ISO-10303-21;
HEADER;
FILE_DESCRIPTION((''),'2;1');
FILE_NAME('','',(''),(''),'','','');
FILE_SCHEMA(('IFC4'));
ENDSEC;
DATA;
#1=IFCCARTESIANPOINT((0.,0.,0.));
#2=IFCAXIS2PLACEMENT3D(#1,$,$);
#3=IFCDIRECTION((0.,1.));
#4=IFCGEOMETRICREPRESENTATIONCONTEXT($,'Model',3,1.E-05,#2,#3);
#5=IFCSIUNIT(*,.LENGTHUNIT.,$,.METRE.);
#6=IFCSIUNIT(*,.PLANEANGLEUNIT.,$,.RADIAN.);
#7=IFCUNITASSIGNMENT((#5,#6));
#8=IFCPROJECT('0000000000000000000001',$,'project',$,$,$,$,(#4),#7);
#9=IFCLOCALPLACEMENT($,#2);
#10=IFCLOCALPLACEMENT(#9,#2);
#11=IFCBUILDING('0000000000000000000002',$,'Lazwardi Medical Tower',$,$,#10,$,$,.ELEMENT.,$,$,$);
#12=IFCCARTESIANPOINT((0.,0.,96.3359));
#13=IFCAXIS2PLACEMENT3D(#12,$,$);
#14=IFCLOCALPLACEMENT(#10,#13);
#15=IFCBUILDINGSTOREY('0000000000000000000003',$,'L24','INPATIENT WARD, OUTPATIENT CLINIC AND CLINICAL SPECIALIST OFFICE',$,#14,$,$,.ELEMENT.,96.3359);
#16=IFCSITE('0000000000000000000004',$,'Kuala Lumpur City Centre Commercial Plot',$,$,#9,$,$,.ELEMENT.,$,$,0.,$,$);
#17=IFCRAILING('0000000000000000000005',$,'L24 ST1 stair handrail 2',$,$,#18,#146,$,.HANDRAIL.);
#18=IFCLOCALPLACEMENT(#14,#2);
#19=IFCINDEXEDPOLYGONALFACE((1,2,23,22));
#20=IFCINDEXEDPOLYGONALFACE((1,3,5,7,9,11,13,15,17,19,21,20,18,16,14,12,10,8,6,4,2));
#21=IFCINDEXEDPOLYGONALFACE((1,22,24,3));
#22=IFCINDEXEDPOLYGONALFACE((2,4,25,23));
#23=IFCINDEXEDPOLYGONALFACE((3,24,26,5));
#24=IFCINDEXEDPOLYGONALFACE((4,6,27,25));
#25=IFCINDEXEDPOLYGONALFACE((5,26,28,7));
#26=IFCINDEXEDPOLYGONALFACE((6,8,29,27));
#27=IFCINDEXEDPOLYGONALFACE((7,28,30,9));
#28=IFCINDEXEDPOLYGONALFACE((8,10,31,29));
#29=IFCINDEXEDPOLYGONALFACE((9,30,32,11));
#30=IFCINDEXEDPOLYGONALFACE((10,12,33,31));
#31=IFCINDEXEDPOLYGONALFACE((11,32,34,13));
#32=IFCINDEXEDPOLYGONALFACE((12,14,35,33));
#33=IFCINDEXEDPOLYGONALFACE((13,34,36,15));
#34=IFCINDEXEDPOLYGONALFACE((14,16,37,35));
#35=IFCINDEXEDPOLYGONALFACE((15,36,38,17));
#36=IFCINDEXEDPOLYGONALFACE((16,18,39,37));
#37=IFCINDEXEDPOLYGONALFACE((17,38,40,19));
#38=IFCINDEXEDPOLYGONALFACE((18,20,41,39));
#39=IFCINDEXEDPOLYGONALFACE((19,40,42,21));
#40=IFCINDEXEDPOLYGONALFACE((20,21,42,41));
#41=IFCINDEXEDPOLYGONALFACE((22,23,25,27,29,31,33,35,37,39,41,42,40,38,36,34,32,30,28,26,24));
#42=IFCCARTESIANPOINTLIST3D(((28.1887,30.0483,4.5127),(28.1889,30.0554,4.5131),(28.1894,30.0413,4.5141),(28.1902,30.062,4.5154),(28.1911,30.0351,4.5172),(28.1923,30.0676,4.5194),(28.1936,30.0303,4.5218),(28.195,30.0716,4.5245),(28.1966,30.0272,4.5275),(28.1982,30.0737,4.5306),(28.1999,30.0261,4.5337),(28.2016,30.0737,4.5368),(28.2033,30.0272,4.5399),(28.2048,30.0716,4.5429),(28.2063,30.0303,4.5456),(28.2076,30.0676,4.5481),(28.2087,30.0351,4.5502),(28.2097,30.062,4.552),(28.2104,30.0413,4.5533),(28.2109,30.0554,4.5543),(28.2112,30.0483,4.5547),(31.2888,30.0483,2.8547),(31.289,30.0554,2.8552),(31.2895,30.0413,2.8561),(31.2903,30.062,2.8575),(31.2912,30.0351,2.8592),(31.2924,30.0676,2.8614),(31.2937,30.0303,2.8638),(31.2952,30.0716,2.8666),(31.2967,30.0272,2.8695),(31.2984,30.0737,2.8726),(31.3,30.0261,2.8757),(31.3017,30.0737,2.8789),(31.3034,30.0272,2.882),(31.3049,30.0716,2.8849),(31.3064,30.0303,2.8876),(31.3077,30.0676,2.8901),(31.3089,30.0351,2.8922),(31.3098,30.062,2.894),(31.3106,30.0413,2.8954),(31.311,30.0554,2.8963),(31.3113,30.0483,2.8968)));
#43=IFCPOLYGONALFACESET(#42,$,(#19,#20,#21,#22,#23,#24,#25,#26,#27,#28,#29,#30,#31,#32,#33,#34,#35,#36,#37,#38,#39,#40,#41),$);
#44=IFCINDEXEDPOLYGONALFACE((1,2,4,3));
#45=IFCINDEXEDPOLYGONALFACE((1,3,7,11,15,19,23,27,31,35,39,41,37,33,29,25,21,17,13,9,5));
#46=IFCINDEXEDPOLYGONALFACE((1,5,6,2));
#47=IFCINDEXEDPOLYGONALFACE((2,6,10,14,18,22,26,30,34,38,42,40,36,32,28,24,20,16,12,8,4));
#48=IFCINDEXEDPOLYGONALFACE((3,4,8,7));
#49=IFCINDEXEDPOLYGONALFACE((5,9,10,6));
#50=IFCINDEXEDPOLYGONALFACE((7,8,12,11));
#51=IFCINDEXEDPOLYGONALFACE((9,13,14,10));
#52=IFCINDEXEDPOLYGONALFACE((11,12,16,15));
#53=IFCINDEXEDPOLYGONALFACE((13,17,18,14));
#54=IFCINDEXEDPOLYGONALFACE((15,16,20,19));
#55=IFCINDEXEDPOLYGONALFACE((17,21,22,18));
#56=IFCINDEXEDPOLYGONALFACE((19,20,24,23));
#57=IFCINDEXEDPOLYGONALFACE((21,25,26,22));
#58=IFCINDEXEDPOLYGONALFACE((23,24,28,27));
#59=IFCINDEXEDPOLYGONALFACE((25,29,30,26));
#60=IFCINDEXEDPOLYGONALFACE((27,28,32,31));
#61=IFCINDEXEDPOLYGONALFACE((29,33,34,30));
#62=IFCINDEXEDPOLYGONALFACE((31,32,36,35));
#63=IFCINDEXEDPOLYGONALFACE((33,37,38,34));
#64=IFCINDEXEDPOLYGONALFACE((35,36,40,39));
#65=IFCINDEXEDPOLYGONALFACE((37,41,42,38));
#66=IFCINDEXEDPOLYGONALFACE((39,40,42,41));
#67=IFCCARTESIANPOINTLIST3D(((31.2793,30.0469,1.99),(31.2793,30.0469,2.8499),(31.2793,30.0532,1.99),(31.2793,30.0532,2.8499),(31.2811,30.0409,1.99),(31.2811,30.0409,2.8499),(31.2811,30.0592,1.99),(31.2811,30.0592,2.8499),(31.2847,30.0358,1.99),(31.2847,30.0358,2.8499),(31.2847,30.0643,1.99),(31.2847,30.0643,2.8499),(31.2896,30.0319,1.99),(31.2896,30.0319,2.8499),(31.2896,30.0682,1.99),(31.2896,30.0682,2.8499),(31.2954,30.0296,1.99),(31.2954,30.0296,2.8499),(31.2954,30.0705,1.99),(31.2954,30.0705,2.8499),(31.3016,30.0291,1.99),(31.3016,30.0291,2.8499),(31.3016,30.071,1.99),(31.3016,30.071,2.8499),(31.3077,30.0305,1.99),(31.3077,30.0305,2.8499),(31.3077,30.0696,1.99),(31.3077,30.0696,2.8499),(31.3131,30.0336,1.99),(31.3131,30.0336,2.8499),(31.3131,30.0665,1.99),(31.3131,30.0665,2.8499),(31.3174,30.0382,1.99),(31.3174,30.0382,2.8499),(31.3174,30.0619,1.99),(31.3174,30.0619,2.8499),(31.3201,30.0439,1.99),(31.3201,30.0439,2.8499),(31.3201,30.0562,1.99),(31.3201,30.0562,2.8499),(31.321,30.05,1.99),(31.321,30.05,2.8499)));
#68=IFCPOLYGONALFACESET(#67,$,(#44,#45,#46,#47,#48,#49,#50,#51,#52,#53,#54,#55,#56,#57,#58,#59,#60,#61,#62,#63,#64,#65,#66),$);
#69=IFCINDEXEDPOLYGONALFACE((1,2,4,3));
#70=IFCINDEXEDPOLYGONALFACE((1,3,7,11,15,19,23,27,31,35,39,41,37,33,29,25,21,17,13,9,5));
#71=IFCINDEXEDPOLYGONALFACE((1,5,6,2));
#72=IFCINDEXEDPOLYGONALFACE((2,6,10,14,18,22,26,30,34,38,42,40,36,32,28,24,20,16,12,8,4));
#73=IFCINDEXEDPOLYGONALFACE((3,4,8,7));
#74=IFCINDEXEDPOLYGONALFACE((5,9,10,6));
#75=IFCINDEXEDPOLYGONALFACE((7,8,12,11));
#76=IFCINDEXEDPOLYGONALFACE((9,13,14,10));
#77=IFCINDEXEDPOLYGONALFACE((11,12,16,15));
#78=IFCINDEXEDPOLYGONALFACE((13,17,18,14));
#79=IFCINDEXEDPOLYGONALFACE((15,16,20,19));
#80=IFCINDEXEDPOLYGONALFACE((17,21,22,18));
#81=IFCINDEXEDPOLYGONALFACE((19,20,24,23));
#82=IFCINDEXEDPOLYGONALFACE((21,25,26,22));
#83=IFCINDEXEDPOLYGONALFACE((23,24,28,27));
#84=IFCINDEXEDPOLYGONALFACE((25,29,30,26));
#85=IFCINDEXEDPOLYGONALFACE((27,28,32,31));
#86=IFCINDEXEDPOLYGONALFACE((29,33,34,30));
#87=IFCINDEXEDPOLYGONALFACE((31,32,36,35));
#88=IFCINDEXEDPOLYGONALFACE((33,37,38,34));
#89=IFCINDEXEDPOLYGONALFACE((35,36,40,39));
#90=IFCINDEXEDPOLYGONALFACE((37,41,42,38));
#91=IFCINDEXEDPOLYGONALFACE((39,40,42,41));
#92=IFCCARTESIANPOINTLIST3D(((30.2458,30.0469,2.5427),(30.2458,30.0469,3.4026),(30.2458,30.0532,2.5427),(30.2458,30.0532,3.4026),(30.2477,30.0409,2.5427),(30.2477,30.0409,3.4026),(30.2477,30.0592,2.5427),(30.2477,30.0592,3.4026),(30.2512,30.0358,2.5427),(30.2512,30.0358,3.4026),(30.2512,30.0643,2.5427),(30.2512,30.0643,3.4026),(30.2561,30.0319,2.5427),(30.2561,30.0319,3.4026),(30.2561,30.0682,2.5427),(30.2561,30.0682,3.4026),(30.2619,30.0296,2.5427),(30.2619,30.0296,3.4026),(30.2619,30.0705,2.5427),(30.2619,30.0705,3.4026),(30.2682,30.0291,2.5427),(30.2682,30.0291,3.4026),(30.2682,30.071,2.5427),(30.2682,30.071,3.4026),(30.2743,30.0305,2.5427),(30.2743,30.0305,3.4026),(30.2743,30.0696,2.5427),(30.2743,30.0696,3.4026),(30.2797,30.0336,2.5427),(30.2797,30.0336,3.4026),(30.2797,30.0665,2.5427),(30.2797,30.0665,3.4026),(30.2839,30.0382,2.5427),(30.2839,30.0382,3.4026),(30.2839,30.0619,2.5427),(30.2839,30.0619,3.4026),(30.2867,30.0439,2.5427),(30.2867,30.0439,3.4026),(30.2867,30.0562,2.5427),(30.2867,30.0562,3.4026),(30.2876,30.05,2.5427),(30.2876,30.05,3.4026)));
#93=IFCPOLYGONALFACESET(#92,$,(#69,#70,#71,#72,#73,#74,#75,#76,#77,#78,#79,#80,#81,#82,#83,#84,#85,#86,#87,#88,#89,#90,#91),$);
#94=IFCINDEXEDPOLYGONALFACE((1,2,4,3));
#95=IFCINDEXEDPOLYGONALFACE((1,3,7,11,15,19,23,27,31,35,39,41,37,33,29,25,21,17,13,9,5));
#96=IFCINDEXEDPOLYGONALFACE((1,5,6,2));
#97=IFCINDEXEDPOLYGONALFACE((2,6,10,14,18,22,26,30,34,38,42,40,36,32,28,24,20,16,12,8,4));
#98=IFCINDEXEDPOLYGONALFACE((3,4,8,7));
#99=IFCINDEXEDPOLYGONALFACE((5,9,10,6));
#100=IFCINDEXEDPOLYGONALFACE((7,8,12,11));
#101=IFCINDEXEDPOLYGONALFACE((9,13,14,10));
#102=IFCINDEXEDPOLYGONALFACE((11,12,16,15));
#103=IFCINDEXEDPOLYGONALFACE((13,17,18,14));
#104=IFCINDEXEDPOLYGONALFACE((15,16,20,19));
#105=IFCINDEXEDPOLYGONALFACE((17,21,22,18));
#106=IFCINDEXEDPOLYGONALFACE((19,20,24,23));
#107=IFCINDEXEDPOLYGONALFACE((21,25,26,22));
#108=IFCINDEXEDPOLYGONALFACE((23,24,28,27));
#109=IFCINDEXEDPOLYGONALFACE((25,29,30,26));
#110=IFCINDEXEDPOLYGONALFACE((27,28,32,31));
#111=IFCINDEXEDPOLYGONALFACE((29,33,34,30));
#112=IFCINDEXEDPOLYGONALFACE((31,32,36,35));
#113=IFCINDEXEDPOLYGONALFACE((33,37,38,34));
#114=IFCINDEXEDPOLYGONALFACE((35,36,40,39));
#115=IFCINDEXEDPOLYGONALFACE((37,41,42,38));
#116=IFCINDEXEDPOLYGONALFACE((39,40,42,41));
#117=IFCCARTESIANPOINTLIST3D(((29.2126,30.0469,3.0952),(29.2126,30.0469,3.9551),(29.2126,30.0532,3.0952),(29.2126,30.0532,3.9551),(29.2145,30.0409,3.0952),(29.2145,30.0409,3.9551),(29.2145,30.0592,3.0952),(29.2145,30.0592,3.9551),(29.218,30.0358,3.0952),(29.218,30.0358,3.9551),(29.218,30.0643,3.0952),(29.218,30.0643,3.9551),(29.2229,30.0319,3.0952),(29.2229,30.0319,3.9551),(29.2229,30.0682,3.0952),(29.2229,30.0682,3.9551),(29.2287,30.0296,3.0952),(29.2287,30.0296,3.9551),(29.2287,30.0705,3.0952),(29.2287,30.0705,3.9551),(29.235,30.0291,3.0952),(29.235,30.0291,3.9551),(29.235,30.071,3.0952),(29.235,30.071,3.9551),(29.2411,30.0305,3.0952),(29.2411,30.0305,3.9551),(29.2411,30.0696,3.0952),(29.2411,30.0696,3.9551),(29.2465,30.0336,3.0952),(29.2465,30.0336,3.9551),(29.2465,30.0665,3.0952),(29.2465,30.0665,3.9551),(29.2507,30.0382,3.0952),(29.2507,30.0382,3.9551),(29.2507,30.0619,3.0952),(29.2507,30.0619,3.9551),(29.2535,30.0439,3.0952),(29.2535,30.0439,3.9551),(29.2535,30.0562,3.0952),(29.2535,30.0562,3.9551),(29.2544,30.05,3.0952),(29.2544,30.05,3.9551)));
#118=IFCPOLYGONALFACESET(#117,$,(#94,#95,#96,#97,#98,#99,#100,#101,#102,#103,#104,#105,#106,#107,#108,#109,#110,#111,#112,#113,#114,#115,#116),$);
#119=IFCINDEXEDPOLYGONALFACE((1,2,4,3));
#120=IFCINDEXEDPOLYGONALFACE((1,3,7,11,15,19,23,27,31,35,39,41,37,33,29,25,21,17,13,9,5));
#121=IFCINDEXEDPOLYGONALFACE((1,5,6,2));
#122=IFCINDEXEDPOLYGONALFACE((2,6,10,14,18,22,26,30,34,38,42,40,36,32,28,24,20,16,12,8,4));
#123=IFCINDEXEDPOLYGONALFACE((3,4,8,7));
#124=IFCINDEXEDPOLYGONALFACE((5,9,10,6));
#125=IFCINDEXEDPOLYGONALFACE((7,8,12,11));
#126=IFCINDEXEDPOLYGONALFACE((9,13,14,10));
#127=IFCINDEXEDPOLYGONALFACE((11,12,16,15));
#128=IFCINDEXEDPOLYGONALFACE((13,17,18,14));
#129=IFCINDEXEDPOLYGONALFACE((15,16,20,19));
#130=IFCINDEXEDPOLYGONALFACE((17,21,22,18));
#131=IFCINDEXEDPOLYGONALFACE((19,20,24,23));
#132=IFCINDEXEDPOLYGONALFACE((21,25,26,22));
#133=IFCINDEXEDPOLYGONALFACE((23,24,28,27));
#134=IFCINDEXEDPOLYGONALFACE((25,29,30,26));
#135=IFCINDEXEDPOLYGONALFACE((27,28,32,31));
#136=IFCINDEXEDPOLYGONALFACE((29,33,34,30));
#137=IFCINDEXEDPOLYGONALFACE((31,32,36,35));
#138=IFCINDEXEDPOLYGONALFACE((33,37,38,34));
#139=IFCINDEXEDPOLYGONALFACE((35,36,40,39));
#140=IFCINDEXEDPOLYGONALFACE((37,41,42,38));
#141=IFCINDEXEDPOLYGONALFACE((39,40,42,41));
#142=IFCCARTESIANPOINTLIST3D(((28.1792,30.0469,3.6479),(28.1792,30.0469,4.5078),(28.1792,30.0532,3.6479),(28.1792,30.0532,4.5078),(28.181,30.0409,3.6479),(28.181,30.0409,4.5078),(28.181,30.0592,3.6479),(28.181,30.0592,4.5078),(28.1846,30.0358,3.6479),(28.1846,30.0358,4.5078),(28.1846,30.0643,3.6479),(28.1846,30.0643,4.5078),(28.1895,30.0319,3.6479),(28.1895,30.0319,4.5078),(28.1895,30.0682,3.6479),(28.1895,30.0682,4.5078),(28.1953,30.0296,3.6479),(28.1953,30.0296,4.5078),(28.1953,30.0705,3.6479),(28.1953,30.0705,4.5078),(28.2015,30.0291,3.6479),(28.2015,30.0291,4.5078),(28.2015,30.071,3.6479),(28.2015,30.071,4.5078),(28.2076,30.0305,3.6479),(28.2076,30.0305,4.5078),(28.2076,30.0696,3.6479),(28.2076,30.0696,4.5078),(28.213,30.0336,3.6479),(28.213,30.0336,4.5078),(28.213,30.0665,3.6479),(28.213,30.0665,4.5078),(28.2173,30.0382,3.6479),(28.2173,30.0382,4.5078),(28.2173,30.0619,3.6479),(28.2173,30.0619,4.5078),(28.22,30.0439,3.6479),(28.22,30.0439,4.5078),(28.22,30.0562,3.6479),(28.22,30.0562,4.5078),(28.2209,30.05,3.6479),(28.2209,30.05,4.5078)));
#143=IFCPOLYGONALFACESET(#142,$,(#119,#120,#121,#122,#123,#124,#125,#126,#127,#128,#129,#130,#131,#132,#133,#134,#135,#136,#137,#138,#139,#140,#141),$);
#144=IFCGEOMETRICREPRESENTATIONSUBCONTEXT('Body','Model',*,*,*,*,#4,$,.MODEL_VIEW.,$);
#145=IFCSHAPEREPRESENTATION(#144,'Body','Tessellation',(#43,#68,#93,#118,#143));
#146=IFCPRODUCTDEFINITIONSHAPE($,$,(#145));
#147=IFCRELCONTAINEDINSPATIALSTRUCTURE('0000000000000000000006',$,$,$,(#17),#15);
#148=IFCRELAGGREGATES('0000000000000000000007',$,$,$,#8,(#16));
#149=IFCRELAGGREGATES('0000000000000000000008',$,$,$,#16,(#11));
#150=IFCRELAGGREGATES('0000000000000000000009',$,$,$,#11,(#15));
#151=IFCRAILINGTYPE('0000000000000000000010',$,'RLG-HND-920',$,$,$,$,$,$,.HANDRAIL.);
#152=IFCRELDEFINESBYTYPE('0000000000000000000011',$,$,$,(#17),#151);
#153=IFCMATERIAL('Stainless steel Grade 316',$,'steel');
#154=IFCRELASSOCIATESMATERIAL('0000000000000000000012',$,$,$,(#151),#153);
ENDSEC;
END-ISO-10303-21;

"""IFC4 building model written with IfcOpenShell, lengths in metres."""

from ifc_helpers import new_model, si_unit, direction, frame, origin, origin_2d, place, context, subcontext, project, spatial, circle, extrude, material, type_object, element, save


model = new_model("IFC4")

# Units and contexts
model_context = context("Model", 3, precision=1e-05, world=origin(), true_north=direction((0.0, 1.0)))
body_context = subcontext(model_context, "Body", "Model", "MODEL_VIEW")
ifc_project = project(units=[si_unit("LENGTHUNIT", "METRE"), si_unit("PLANEANGLEUNIT", "RADIAN")], contexts=[model_context])

# Site, building, storey
site_placement = place(None, origin())
site = spatial("IfcSite", under=ifc_project, at=site_placement, Name="Kuala Lumpur City Centre Commercial Plot", CompositionType="ELEMENT", RefElevation=0.0)
building_placement = place(site_placement, origin())
building = spatial("IfcBuilding", under=site, at=building_placement, Name="Lazwardi Medical Tower", CompositionType="ELEMENT")
storey_placement = place(building_placement, frame((0.0, 0.0, 96.3359)))
storey = spatial("IfcBuildingStorey", under=building, at=storey_placement, Name="L24", Description="INPATIENT WARD, OUTPATIENT CLINIC AND CLINICAL SPECIALIST OFFICE", CompositionType="ELEMENT", Elevation=96.3359)

# Railing
ifc_material_1 = material(Name="Stainless steel Grade 316", Category="steel")
railing_type_1 = type_object("IfcRailingType", Name="RLG-HND-920", PredefinedType="HANDRAIL", material=ifc_material_1)
railing_1_placement = place(storey_placement, frame((31.3, 30.05, 1.99)))
element("IfcRailing", 1, at=railing_1_placement, inside=storey, type_object=railing_type_1, Name="L24 ST1 stair handrail 2", PredefinedType="HANDRAIL", context=body_context, shape_type="SweptSolid", body=[
    extrude(circle(Radius=0.0239, at=origin_2d()), frame((0.0, 0.0, 0.8857), z_axis=(-0.881812, 0.0, 0.471601), x_axis=(0.0, -1.0, 0.0)), (0.0, 0.0, 1.0), 3.5156),
    extrude(circle(Radius=0.021, at=origin_2d()), origin(), (0.0, 0.0, 1.0), 0.8599),
    extrude(circle(Radius=0.021, at=origin_2d()), frame((-1.0334, 0.0, 0.5527)), (0.0, 0.0, 1.0), 0.8599),
    extrude(circle(Radius=0.021, at=origin_2d()), frame((-2.0667, 0.0, 1.1052)), (0.0, 0.0, 1.0), 0.8599),
    extrude(circle(Radius=0.021, at=origin_2d()), frame((-3.1001, 0.0, 1.658)), (0.0, 0.0, 1.0), 0.8599),
])

save(model, "model.ifc")
